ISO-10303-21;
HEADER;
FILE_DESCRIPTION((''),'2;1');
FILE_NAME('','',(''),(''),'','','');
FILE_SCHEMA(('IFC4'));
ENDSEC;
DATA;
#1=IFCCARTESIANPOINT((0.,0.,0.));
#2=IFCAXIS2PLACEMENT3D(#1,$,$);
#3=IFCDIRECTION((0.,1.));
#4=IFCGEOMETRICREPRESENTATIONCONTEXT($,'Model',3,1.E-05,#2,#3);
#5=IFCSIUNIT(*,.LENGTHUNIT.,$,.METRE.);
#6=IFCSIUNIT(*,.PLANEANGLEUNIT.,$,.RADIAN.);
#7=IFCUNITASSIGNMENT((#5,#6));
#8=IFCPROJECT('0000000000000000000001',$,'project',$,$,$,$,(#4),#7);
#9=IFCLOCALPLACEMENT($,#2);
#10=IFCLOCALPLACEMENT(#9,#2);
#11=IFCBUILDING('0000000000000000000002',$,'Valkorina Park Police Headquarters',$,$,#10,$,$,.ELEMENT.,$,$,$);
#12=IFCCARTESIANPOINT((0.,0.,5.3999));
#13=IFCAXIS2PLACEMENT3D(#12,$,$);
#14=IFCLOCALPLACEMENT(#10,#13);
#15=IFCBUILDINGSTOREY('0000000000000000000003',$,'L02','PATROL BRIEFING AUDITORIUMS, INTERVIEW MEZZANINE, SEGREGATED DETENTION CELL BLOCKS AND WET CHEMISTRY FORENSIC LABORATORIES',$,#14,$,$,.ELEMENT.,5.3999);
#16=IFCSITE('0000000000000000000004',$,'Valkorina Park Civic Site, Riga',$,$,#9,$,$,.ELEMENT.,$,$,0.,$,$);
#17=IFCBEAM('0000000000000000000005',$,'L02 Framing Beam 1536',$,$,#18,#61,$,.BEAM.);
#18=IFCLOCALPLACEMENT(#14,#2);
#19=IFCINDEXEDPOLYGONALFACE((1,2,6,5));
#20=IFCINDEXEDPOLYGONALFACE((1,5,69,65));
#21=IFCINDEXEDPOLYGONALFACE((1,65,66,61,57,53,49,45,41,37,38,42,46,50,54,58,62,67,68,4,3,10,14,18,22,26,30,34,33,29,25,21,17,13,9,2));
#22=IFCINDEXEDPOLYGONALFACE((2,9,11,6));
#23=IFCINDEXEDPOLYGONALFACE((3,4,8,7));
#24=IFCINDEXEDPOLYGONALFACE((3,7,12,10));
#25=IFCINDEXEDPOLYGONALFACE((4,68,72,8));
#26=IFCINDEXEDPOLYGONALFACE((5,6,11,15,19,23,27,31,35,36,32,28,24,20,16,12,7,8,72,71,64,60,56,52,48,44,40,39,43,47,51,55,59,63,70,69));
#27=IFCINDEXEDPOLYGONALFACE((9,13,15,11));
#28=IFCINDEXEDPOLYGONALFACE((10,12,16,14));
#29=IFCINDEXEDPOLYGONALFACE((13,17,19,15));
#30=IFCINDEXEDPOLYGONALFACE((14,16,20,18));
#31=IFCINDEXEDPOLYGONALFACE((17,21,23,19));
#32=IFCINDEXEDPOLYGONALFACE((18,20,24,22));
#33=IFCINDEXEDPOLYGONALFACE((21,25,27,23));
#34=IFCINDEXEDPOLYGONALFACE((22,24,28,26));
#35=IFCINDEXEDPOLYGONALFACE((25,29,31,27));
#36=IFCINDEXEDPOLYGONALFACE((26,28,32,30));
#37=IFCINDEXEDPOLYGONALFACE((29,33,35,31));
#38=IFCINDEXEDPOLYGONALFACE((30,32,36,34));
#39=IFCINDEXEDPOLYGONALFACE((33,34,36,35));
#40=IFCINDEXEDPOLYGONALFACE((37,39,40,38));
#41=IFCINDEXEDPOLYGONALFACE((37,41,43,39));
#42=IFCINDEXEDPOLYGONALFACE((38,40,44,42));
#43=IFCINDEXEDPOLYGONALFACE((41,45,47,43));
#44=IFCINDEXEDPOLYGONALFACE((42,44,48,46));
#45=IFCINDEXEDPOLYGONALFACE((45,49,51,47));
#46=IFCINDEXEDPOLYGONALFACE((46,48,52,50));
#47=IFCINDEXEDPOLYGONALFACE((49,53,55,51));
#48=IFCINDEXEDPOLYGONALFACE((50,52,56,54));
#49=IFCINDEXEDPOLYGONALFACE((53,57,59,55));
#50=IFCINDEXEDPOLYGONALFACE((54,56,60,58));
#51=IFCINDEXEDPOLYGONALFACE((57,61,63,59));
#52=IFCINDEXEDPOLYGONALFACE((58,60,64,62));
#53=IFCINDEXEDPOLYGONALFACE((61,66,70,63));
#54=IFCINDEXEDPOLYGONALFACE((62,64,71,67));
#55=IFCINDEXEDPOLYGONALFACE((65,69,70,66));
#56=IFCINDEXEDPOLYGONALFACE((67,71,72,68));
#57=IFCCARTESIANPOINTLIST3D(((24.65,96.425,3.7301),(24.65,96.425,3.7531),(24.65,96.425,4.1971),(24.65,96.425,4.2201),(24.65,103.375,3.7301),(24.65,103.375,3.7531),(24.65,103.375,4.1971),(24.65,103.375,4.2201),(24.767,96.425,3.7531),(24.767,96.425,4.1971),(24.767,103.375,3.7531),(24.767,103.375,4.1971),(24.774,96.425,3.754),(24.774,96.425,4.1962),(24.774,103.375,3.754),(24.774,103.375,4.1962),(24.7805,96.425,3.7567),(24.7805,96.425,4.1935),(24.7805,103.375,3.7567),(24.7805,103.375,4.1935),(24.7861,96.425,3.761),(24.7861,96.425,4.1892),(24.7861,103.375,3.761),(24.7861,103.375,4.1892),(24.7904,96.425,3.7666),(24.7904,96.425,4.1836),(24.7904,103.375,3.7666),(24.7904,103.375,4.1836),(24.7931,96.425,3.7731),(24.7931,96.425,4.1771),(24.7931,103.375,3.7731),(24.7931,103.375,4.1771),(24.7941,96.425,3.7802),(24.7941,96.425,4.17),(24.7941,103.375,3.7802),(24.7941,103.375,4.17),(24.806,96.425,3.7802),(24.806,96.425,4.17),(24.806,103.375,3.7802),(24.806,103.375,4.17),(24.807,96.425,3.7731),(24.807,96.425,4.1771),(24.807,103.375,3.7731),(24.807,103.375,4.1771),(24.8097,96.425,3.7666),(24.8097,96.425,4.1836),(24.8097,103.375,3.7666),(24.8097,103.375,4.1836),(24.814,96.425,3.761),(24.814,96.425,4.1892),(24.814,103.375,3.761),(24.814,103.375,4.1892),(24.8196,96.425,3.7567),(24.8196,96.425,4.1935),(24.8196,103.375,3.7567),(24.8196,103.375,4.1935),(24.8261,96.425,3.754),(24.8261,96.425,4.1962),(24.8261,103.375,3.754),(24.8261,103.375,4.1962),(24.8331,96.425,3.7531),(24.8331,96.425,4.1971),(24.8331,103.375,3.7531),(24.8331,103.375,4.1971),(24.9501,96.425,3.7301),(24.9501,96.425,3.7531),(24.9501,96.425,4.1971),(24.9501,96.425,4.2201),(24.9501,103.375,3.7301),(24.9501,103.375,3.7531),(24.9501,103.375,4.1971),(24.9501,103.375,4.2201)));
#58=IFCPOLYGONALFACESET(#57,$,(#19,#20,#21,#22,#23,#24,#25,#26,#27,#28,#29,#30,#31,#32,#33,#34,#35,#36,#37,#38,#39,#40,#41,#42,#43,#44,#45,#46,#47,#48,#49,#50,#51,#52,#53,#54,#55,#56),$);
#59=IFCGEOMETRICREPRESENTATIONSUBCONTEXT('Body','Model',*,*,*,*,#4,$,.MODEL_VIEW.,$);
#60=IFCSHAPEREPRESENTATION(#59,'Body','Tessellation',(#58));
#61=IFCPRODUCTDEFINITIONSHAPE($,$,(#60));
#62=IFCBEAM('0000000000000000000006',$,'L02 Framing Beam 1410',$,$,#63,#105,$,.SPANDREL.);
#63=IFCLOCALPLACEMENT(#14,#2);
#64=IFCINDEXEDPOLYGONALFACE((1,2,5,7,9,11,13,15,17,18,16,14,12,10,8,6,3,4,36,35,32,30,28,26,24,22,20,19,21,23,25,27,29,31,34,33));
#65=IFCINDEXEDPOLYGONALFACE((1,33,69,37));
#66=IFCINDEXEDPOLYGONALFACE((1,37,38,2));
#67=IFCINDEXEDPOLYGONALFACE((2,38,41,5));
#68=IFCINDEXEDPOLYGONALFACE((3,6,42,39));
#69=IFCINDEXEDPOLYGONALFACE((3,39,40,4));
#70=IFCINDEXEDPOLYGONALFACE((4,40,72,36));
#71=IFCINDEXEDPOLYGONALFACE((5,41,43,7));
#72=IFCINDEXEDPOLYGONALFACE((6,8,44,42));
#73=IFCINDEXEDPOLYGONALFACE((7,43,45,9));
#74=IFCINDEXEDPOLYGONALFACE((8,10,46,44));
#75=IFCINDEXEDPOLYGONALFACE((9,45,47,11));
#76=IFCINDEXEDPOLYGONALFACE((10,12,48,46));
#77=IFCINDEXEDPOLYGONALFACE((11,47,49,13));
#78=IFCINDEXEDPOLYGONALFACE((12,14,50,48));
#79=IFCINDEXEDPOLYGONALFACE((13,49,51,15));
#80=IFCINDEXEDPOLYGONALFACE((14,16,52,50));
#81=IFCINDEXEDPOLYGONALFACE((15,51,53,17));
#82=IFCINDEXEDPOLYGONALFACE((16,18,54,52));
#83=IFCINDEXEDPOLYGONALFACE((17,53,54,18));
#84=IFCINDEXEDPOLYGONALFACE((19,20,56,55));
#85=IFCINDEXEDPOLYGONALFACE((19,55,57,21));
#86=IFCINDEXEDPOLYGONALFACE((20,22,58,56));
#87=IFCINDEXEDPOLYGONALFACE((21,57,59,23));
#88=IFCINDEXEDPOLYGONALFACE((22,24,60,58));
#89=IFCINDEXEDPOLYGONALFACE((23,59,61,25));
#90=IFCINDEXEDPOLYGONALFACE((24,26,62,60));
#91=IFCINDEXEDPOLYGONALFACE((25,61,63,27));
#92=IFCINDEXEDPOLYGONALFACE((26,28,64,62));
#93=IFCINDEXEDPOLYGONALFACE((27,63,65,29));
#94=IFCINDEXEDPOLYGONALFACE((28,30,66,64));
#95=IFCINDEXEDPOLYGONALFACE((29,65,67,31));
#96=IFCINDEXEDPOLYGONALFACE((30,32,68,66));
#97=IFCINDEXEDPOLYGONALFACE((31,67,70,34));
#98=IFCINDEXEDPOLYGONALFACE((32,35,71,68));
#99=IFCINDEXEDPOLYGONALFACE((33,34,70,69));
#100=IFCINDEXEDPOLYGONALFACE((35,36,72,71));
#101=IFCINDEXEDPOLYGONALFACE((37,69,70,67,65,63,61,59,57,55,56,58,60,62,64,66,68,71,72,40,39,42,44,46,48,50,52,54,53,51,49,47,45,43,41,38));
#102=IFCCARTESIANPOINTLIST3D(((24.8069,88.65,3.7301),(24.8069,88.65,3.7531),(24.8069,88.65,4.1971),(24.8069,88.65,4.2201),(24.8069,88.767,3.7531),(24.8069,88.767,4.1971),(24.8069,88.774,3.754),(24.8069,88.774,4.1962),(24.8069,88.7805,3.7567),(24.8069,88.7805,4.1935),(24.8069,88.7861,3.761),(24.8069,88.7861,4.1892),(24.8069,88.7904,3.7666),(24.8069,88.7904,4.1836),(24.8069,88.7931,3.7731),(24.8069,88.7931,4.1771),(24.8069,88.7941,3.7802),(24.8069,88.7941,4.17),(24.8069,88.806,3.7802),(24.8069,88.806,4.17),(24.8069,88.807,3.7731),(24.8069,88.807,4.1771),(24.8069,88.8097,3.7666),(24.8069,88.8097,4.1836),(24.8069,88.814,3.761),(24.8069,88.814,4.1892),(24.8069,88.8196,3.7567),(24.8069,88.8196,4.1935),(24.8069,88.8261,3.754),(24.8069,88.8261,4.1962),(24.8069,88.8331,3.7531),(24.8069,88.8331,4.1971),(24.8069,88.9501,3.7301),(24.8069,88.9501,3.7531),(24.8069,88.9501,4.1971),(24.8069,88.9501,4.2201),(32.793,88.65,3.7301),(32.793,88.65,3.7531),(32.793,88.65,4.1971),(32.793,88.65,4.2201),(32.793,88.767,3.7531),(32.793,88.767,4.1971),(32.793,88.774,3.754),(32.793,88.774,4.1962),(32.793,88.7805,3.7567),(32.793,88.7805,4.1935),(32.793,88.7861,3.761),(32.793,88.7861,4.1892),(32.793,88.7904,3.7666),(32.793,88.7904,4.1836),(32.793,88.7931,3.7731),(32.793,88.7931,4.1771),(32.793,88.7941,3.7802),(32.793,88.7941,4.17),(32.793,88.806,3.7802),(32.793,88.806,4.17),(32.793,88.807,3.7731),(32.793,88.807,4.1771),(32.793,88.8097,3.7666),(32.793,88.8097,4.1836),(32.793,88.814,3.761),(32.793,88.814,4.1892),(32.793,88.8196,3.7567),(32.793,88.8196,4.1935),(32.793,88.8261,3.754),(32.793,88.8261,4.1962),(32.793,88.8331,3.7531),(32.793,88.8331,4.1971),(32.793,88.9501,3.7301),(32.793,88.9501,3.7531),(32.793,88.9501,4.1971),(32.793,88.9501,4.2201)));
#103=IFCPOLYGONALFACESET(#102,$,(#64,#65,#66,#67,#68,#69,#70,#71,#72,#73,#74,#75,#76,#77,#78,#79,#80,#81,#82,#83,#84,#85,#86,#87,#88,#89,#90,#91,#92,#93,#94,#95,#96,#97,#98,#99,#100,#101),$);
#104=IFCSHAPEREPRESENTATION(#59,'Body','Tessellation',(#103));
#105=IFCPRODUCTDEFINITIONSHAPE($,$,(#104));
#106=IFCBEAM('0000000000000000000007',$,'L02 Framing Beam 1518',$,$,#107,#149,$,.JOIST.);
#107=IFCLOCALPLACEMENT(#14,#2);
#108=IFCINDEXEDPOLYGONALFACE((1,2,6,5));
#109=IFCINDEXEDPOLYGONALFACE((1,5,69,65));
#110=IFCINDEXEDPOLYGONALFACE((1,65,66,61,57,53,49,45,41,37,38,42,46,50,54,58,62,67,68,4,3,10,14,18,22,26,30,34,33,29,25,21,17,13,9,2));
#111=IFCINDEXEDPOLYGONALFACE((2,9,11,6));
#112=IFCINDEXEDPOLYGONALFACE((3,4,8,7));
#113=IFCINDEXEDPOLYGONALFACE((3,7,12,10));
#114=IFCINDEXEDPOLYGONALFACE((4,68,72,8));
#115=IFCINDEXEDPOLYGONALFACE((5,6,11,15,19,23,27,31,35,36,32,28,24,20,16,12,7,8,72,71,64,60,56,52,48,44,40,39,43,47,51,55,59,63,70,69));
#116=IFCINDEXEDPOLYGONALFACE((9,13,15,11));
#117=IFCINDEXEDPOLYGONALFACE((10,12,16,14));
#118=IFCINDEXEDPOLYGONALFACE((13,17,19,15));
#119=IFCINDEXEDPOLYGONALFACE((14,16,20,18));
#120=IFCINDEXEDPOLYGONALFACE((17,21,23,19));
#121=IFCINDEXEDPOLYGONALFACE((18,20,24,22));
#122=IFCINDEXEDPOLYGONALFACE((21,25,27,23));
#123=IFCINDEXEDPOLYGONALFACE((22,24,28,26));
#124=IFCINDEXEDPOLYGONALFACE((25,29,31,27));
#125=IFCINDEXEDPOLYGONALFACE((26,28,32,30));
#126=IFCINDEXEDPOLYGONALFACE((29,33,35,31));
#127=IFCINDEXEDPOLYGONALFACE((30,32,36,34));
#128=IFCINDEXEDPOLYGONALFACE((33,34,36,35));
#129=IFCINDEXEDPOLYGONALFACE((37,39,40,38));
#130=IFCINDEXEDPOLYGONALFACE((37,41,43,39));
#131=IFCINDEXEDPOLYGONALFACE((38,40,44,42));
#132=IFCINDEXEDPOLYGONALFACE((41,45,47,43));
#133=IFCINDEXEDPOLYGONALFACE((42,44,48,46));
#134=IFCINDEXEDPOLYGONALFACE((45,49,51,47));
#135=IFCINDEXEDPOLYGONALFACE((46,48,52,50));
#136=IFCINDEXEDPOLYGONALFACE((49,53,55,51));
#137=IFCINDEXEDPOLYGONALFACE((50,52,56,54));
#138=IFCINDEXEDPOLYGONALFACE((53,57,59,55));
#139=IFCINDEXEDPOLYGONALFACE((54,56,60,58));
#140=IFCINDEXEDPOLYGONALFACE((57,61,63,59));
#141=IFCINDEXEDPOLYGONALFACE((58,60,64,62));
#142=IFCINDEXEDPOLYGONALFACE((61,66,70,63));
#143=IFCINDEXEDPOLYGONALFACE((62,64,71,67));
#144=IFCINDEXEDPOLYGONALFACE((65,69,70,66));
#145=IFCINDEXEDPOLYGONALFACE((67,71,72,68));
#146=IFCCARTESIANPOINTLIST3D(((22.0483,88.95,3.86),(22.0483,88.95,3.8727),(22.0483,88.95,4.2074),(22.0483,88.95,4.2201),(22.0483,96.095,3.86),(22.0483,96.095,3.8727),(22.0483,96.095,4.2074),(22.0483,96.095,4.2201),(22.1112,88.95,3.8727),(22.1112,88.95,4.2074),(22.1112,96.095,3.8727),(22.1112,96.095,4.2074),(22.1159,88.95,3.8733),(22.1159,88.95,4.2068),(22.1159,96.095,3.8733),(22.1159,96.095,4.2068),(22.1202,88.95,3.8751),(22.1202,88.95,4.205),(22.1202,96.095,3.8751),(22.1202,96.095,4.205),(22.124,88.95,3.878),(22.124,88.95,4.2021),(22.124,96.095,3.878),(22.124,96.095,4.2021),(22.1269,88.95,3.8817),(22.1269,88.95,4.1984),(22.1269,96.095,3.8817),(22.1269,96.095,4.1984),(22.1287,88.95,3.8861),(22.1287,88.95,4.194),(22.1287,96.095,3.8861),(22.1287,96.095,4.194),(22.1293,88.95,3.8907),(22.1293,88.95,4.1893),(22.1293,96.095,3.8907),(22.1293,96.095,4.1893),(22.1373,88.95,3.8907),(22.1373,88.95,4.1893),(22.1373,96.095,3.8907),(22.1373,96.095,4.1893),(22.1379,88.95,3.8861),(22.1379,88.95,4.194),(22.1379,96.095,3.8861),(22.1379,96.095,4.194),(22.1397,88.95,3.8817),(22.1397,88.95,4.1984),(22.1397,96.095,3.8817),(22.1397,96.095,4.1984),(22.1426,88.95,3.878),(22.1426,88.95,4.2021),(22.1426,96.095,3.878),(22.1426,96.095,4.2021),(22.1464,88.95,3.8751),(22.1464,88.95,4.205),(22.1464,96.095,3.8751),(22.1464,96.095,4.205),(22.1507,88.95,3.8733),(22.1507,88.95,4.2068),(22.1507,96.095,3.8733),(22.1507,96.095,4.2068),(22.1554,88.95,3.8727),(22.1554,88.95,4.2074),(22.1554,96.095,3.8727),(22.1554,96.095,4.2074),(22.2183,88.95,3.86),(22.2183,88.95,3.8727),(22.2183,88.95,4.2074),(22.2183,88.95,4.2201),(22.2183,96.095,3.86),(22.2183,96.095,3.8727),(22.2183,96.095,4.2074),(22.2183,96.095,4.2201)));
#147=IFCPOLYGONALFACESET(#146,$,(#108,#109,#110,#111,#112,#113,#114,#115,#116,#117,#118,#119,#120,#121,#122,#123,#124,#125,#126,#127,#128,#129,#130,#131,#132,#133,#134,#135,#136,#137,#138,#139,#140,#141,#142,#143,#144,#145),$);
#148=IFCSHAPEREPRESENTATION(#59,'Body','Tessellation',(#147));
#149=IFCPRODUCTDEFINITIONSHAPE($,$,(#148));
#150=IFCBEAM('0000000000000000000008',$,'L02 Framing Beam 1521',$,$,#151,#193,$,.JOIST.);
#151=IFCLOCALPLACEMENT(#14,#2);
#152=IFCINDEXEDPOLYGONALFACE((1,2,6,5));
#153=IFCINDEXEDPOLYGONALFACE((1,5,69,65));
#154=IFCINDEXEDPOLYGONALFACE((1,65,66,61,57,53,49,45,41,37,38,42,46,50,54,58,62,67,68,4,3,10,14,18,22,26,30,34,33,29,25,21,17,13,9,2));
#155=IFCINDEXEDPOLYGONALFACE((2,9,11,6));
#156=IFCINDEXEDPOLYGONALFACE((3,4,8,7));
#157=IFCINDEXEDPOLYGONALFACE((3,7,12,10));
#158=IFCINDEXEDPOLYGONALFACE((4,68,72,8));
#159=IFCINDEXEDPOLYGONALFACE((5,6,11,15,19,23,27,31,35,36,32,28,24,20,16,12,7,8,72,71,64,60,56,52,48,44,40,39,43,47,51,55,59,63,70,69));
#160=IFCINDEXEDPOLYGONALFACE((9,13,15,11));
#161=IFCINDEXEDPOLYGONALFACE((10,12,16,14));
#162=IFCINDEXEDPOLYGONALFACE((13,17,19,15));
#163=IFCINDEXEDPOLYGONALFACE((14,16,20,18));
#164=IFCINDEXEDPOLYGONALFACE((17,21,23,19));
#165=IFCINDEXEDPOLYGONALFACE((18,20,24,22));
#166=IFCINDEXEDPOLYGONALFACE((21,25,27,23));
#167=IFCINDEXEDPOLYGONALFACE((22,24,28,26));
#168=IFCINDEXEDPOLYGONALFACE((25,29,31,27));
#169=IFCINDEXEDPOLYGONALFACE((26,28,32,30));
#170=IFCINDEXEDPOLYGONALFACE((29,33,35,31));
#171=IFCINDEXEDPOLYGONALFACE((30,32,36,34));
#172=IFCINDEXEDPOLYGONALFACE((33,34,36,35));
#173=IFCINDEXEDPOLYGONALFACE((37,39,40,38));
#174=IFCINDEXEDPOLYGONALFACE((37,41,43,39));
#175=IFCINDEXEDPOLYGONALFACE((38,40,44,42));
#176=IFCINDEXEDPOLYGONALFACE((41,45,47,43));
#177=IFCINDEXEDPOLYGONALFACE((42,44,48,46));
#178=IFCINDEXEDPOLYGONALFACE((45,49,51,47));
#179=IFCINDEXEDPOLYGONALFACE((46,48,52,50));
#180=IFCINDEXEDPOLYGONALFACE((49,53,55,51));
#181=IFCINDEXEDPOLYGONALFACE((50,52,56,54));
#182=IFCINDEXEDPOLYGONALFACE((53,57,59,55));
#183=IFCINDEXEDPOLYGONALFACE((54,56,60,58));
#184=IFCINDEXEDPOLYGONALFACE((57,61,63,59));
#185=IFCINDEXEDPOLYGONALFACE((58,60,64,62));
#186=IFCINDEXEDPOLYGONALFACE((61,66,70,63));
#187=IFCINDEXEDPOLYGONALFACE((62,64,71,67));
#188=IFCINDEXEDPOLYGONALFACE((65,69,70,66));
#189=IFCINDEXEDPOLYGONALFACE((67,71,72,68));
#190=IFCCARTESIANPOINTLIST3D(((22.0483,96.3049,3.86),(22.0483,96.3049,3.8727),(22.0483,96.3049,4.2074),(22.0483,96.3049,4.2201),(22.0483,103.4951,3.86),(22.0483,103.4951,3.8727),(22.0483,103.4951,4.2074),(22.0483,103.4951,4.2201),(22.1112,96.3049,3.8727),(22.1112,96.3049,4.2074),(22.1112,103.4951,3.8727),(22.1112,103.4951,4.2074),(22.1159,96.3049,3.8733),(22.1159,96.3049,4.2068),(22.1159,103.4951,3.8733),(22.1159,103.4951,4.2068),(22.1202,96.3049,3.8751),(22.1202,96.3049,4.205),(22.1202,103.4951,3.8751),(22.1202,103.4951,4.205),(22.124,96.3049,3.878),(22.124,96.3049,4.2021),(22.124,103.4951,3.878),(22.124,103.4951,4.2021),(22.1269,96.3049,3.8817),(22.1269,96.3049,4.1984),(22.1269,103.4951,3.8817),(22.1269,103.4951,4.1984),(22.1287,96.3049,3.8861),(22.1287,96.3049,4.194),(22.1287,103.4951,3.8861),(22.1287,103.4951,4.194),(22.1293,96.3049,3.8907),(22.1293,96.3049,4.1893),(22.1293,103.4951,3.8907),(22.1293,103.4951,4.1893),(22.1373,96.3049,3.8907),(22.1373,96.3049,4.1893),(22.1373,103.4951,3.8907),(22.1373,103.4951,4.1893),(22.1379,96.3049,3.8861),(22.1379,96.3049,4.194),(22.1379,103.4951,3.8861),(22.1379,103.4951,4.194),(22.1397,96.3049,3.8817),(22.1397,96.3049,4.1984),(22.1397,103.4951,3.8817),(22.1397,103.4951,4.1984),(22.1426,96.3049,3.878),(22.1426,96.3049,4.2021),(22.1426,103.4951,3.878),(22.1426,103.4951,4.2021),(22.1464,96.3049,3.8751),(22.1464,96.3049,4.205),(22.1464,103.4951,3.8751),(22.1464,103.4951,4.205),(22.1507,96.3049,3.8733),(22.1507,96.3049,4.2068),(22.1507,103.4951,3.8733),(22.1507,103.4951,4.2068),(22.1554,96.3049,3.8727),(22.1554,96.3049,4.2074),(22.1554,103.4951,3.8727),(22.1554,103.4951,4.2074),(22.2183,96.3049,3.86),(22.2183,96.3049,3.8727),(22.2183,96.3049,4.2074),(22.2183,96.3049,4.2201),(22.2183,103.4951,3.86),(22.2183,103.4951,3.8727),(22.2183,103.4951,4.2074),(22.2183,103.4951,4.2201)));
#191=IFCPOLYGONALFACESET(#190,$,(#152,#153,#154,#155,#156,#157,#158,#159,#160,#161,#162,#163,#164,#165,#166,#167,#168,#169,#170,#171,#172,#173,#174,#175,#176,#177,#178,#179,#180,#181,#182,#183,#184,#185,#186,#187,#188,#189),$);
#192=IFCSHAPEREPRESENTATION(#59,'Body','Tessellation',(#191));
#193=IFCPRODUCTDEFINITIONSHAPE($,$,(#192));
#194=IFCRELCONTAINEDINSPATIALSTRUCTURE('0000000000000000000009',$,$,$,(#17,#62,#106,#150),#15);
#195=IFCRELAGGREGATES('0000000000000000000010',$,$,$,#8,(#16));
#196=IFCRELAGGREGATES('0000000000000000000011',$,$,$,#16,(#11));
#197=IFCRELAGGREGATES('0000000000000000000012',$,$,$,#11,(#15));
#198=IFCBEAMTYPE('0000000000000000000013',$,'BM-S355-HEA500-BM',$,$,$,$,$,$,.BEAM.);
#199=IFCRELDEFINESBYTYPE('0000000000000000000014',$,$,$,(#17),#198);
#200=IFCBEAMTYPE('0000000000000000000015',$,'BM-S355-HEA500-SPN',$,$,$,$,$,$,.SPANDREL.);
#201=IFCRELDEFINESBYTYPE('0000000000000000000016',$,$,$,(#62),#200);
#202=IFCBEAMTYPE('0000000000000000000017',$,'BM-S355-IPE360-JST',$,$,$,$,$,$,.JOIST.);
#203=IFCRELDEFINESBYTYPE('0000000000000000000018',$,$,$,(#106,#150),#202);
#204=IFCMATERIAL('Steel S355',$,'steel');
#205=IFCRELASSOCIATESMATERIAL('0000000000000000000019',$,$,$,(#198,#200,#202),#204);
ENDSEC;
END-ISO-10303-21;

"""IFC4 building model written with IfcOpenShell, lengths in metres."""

from ifc_helpers import new_model, si_unit, direction, frame, origin, origin_2d, place, context, subcontext, project, spatial, i_section, extrude, material, material_profile, profile_set, type_object, element, save


model = new_model("IFC4")

# Units and contexts
model_context = context("Model", 3, precision=1e-05, world=origin(), true_north=direction((0.0, 1.0)))
body_context = subcontext(model_context, "Body", "Model", "MODEL_VIEW")
ifc_project = project(units=[si_unit("LENGTHUNIT", "METRE"), si_unit("PLANEANGLEUNIT", "RADIAN")], contexts=[model_context])

# Site, building, storey
site_placement = place(None, origin())
site = spatial("IfcSite", under=ifc_project, at=site_placement, Name="Valkorina Park Civic Site, Riga", CompositionType="ELEMENT", RefElevation=0.0)
building_placement = place(site_placement, origin())
building = spatial("IfcBuilding", under=site, at=building_placement, Name="Valkorina Park Police Headquarters", CompositionType="ELEMENT")
storey_placement = place(building_placement, frame((0.0, 0.0, 5.3999)))
storey = spatial("IfcBuildingStorey", under=building, at=storey_placement, Name="L02", Description="PATROL BRIEFING AUDITORIUMS, INTERVIEW MEZZANINE, SEGREGATED DETENTION CELL BLOCKS AND WET CHEMISTRY FORENSIC LABORATORIES", CompositionType="ELEMENT", Elevation=5.3999)

# Shared definitions
ifc_material_1 = material(Name="Steel S355", Category="steel")

# Beams
ifc_material_profile_1 = material_profile(ifc_material_1, i_section(OverallWidth=0.3, OverallDepth=0.49, WebThickness=0.012, FlangeThickness=0.0229, FilletRadius=0.0271, at=origin_2d()), Name="HEA 500")
ifc_profile_set_1 = profile_set([ifc_material_profile_1], Name="Steel S355")
beam_type_1 = type_object("IfcBeamType", Name="BM-S355-HEA500-BM", PredefinedType="BEAM", material=ifc_profile_set_1)
beam_1_placement = place(storey_placement, frame((24.8, 96.425, 3.9751), z_axis=(0.0, 1.0, 0.0), x_axis=(-1.0, 0.0, 0.0)))
element("IfcBeam", 1, at=beam_1_placement, inside=storey, type_object=beam_type_1, Name="L02 Framing Beam 1536", PredefinedType="BEAM", context=body_context, shape_type="SweptSolid", body=[
    extrude(i_section(OverallWidth=0.3, OverallDepth=0.49, WebThickness=0.012, FlangeThickness=0.0229, FilletRadius=0.0271, at=origin_2d()), origin(), (0.0, 0.0, 1.0), 6.95),
])
ifc_material_profile_2 = material_profile(ifc_material_1, i_section(OverallWidth=0.3, OverallDepth=0.49, WebThickness=0.012, FlangeThickness=0.0229, FilletRadius=0.0271, at=origin_2d()), Name="HEA 500")
ifc_profile_set_2 = profile_set([ifc_material_profile_2], Name="Steel S355")
beam_type_2 = type_object("IfcBeamType", Name="BM-S355-HEA500-SPN", PredefinedType="SPANDREL", material=ifc_profile_set_2)
beam_2_placement = place(storey_placement, frame((24.8069, 88.8, 3.9751), z_axis=(1.0, 0.0, 0.0), x_axis=(0.0, 1.0, 0.0)))
element("IfcBeam", 2, at=beam_2_placement, inside=storey, type_object=beam_type_2, Name="L02 Framing Beam 1410", PredefinedType="SPANDREL", context=body_context, shape_type="SweptSolid", body=[
    extrude(i_section(OverallWidth=0.3, OverallDepth=0.49, WebThickness=0.012, FlangeThickness=0.0229, FilletRadius=0.0271, at=origin_2d()), origin(), (0.0, 0.0, 1.0), 7.9861),
])
ifc_material_profile_3 = material_profile(ifc_material_1, i_section(OverallWidth=0.1699, OverallDepth=0.3601, WebThickness=0.0081, FlangeThickness=0.0127, FilletRadius=0.0181, at=origin_2d()), Name="IPE 360")
ifc_profile_set_3 = profile_set([ifc_material_profile_3], Name="Steel S355")
beam_type_3 = type_object("IfcBeamType", Name="BM-S355-IPE360-JST", PredefinedType="JOIST", material=ifc_profile_set_3)
beam_3_placement = place(storey_placement, frame((22.1333, 88.95, 4.04), z_axis=(0.0, 1.0, 0.0), x_axis=(-1.0, 0.0, 0.0)))
element("IfcBeam", 3, at=beam_3_placement, inside=storey, type_object=beam_type_3, Name="L02 Framing Beam 1518", PredefinedType="JOIST", context=body_context, shape_type="SweptSolid", body=[
    extrude(i_section(OverallWidth=0.1699, OverallDepth=0.3601, WebThickness=0.0081, FlangeThickness=0.0127, FilletRadius=0.0181, at=origin_2d()), origin(), (0.0, 0.0, 1.0), 7.145),
])
beam_4_placement = place(storey_placement, frame((22.1333, 96.3049, 4.04), z_axis=(0.0, 1.0, 0.0), x_axis=(-1.0, 0.0, 0.0)))
element("IfcBeam", 4, at=beam_4_placement, inside=storey, type_object=beam_type_3, Name="L02 Framing Beam 1521", PredefinedType="JOIST", context=body_context, shape_type="SweptSolid", body=[
    extrude(i_section(OverallWidth=0.1699, OverallDepth=0.3601, WebThickness=0.0081, FlangeThickness=0.0127, FilletRadius=0.0181, at=origin_2d()), origin(), (0.0, 0.0, 1.0), 7.1902),
])

save(model, "model.ifc")
